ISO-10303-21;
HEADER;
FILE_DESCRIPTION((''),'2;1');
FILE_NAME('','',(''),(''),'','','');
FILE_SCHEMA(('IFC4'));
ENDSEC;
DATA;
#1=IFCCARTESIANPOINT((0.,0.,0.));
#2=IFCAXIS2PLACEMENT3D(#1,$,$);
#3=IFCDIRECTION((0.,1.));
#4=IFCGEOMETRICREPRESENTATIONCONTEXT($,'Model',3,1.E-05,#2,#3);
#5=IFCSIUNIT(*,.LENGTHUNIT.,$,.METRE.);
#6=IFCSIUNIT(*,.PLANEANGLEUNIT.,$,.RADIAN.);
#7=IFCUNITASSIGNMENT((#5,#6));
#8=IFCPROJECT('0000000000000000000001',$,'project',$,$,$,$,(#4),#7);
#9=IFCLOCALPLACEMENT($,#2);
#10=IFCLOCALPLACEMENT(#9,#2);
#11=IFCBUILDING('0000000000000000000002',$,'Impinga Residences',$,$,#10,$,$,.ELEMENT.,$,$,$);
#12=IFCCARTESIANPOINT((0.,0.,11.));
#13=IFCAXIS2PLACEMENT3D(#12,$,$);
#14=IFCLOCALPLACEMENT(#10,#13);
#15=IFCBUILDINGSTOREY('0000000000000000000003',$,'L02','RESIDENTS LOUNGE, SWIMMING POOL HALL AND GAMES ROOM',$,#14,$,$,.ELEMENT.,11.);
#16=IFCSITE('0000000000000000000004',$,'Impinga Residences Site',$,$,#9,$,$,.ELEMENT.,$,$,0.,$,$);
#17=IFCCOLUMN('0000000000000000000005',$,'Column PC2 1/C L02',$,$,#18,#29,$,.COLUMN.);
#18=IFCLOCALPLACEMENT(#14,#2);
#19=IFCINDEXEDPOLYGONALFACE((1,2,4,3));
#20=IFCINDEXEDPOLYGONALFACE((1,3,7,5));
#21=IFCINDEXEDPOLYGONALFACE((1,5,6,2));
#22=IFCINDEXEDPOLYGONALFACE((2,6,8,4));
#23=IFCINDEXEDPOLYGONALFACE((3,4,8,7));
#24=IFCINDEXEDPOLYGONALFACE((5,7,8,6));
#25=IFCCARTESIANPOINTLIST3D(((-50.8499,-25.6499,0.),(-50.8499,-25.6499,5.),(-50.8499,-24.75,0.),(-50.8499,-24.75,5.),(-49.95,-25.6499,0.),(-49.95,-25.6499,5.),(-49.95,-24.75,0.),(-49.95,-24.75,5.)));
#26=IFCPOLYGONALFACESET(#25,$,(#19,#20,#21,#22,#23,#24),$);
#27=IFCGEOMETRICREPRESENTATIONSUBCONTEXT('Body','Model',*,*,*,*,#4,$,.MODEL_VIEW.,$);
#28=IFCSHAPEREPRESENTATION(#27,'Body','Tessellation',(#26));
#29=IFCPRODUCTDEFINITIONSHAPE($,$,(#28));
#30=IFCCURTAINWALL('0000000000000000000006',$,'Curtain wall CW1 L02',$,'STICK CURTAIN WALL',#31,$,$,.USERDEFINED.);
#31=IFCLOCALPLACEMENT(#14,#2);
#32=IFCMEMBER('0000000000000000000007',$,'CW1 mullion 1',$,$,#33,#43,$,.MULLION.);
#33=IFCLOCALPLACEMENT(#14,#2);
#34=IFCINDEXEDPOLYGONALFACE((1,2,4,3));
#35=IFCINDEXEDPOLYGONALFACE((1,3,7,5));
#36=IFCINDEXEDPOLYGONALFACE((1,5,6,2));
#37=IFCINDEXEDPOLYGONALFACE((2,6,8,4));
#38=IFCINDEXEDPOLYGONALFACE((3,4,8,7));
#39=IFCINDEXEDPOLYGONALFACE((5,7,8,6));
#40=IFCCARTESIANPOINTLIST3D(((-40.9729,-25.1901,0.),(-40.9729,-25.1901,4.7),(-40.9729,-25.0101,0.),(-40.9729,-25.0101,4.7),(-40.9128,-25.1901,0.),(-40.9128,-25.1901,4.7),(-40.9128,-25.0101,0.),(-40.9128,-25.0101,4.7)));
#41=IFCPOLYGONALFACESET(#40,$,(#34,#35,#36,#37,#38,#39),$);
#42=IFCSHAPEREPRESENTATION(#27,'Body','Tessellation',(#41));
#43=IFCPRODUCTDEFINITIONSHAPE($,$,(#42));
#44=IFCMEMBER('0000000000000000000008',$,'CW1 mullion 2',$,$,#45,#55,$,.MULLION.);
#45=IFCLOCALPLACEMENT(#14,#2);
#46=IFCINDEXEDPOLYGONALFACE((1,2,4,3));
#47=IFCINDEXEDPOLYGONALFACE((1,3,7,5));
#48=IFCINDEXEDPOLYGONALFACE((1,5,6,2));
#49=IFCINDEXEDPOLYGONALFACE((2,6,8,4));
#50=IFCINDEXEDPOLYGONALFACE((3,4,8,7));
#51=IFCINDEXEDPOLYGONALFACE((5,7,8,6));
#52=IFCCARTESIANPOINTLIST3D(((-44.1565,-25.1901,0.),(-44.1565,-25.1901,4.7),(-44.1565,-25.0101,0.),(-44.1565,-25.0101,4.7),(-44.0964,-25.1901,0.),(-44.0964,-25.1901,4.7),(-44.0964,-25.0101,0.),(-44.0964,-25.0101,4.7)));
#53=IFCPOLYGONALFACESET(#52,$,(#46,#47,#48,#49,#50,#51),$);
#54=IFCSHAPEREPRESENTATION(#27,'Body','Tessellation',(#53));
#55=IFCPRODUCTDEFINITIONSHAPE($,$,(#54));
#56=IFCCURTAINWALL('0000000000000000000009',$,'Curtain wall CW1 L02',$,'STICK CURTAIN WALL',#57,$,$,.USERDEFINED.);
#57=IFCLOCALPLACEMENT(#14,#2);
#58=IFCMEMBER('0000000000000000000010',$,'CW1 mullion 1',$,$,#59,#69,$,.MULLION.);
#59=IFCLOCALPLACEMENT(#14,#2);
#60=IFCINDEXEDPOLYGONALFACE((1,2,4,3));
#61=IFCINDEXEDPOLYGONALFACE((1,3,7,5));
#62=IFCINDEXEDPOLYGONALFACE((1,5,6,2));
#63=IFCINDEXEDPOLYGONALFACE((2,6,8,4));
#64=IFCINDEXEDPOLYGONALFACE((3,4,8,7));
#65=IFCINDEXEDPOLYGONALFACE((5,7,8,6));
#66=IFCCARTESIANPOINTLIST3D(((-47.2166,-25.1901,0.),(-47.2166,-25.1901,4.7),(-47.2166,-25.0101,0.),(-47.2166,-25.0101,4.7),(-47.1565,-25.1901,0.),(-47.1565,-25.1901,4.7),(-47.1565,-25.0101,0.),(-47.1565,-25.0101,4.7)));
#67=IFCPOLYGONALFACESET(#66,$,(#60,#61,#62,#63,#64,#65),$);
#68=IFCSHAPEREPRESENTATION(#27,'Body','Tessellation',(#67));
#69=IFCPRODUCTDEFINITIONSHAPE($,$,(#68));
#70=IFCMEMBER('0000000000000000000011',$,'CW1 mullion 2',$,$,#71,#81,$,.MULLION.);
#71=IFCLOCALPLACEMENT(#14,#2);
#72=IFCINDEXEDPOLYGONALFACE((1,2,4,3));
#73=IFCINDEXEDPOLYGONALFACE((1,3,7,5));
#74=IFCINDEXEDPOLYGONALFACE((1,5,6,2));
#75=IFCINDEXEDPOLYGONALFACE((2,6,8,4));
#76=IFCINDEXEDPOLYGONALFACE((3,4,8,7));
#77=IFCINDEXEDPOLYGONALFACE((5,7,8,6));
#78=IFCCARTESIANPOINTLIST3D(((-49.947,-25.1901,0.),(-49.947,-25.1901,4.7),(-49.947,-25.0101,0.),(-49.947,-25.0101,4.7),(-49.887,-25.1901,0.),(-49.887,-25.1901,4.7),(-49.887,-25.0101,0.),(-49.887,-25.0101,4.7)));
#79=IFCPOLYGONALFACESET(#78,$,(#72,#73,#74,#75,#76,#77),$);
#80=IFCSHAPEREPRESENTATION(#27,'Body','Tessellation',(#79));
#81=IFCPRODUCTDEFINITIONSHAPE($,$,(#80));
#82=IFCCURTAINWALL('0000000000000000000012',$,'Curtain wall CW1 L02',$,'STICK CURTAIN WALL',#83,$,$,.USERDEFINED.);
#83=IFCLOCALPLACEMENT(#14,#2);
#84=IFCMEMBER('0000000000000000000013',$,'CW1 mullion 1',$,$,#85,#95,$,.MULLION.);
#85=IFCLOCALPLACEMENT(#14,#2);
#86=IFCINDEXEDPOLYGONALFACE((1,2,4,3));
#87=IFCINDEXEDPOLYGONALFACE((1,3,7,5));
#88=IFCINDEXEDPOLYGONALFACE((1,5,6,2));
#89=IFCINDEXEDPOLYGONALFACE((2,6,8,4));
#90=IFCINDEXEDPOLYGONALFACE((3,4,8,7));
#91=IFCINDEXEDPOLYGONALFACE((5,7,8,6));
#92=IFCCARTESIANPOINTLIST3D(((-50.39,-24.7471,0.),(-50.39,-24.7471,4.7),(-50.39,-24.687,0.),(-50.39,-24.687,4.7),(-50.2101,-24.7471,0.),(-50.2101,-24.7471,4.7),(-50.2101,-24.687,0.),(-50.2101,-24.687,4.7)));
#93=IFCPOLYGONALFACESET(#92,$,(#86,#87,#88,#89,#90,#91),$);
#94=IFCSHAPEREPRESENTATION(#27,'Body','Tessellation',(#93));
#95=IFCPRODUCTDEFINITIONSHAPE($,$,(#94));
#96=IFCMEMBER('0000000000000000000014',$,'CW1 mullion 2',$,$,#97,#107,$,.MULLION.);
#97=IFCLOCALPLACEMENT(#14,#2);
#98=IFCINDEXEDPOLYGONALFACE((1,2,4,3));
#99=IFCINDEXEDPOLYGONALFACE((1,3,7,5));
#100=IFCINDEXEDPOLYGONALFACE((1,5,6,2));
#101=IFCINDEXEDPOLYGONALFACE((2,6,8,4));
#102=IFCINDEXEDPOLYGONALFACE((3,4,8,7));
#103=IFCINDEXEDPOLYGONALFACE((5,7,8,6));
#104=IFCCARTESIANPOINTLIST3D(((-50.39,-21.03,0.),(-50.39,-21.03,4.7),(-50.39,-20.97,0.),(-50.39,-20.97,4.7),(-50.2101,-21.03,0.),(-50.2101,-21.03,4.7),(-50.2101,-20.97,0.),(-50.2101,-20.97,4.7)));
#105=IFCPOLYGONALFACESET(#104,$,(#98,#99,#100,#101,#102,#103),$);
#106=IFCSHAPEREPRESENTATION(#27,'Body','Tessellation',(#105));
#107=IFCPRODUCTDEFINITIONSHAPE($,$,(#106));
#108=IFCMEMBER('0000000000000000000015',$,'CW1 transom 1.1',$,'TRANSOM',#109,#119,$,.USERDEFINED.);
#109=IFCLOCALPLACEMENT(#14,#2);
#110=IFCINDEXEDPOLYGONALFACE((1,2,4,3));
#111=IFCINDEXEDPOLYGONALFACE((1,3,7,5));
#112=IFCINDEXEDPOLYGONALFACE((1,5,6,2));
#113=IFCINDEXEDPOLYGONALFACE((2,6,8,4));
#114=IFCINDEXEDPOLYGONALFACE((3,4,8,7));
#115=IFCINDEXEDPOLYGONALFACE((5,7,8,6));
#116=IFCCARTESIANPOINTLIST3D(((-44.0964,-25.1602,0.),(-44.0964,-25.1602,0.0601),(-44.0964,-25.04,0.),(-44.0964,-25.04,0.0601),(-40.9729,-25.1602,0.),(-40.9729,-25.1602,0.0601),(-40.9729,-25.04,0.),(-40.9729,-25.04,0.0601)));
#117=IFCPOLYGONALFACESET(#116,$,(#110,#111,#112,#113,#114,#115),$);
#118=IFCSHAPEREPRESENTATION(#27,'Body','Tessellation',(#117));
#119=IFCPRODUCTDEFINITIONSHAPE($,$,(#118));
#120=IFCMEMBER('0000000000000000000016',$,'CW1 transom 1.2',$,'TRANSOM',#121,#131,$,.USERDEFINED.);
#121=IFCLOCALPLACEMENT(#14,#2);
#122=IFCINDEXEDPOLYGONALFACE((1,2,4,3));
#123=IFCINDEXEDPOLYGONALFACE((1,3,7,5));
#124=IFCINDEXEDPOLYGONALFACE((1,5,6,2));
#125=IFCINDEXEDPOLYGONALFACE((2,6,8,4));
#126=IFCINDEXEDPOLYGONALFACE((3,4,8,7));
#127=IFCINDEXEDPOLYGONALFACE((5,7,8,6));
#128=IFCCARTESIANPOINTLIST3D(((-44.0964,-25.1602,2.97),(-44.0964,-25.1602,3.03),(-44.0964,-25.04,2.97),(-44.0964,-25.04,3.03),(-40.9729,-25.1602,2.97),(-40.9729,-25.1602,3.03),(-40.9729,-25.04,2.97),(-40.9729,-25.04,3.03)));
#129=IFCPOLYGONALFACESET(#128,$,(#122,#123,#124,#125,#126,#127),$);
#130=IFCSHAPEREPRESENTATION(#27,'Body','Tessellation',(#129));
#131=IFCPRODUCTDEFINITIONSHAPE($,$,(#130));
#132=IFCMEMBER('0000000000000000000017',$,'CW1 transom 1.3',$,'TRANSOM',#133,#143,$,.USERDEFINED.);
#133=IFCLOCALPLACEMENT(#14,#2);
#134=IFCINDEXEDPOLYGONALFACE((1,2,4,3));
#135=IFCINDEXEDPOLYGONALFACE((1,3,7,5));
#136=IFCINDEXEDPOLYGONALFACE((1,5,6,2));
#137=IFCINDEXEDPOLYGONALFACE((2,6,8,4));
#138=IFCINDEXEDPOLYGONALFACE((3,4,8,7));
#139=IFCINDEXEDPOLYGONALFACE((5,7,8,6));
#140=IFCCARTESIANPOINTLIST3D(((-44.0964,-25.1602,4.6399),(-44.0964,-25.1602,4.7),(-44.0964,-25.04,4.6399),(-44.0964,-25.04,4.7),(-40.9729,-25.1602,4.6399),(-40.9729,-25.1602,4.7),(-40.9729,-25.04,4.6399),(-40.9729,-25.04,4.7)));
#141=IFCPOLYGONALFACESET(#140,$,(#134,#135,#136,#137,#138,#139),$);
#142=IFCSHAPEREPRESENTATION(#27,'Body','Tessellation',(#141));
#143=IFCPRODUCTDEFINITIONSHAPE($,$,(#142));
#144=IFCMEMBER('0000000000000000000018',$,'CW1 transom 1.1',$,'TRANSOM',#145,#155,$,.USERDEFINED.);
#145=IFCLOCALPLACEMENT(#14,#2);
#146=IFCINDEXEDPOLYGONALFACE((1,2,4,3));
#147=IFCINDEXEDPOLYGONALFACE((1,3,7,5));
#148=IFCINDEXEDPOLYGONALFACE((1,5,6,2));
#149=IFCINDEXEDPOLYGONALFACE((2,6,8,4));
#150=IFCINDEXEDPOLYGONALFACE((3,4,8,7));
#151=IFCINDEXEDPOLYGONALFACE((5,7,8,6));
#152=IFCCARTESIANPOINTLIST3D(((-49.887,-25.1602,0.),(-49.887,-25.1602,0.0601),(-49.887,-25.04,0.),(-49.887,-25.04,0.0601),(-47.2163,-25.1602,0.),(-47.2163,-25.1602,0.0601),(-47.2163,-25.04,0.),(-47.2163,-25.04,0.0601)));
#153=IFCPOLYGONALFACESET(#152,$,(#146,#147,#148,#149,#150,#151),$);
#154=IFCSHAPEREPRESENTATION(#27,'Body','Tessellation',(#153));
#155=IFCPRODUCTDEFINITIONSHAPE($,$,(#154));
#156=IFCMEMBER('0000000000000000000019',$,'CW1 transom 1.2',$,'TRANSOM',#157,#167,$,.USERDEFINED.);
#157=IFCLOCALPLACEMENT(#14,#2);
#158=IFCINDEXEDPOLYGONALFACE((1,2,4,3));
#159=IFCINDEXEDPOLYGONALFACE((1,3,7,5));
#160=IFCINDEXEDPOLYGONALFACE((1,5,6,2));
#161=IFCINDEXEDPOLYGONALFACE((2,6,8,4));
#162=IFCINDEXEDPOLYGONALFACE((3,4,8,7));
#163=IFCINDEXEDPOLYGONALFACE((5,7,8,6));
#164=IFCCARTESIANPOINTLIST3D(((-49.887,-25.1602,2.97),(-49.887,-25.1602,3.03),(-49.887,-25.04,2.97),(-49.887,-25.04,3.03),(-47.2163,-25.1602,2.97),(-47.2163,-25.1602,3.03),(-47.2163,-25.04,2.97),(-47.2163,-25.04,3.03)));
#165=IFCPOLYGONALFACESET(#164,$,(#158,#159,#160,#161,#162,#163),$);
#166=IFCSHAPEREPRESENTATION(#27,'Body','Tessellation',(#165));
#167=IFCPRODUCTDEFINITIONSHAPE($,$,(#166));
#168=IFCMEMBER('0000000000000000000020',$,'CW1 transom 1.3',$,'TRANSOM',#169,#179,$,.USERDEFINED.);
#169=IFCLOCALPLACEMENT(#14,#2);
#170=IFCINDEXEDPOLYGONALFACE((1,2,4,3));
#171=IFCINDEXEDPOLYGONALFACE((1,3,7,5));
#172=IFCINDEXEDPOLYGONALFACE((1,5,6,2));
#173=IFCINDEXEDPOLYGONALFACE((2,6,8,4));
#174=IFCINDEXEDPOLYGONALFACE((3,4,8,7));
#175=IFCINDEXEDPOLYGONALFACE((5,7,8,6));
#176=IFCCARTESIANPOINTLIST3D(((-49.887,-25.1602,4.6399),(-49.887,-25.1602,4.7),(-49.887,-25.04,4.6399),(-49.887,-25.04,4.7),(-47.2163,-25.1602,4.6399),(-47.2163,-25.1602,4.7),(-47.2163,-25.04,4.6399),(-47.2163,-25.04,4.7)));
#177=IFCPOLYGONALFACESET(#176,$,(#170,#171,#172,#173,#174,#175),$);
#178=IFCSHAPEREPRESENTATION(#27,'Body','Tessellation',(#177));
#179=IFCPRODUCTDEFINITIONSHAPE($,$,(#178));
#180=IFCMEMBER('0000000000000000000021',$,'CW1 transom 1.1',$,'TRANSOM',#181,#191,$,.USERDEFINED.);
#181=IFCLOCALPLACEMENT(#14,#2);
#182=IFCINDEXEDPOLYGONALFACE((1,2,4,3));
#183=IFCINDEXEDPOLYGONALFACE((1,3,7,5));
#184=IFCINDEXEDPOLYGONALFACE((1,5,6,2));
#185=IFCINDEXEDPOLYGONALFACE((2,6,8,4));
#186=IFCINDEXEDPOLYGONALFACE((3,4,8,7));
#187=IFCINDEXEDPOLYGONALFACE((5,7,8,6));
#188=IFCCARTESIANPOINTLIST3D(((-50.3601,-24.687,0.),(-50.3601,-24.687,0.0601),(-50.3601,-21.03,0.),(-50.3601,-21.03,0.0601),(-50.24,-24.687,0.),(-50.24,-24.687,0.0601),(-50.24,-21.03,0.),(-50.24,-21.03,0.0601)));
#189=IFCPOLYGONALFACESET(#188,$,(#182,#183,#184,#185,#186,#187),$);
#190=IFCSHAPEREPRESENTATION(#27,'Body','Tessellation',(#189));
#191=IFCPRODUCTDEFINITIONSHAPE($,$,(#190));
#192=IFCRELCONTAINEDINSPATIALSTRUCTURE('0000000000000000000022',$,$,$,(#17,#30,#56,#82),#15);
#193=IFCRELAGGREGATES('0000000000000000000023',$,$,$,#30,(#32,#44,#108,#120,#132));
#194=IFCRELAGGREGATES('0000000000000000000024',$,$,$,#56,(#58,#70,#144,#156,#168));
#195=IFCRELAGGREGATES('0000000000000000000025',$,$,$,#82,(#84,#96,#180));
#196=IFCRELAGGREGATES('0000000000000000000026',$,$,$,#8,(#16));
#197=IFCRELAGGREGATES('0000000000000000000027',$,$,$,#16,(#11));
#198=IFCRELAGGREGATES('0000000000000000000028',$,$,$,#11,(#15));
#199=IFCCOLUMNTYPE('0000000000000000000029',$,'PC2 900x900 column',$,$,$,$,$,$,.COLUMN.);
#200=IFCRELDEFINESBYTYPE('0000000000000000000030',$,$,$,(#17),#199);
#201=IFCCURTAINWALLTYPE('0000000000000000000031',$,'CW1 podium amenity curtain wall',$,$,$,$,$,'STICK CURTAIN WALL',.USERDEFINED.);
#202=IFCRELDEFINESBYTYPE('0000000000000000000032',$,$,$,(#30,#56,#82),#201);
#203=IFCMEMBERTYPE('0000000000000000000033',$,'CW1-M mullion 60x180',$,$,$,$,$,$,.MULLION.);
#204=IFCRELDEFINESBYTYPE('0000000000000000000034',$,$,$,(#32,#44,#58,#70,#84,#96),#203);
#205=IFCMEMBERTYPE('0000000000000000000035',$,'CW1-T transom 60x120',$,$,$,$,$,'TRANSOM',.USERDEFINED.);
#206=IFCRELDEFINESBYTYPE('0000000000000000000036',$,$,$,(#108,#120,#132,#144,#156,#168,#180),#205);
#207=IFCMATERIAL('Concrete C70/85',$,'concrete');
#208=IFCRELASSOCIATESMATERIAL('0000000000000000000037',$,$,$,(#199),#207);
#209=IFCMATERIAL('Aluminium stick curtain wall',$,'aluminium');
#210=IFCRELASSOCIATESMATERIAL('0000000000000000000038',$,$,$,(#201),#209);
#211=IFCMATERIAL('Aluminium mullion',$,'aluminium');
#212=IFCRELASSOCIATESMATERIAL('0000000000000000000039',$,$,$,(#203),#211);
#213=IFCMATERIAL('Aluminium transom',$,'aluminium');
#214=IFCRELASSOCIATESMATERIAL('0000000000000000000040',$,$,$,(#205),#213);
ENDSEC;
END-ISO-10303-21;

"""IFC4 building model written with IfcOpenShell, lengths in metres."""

from ifc_helpers import new_model, si_unit, direction, frame, origin, origin_2d, place, context, subcontext, project, spatial, rectangle, extrude, material, material_profile, profile_set, type_object, element, aggregate, save


model = new_model("IFC4")

# Units and contexts
model_context = context("Model", 3, precision=1e-05, world=origin(), true_north=direction((0.0, 1.0)))
body_context = subcontext(model_context, "Body", "Model", "MODEL_VIEW")
ifc_project = project(units=[si_unit("LENGTHUNIT", "METRE"), si_unit("PLANEANGLEUNIT", "RADIAN")], contexts=[model_context])

# Site, building, storey
site_placement = place(None, origin())
site = spatial("IfcSite", under=ifc_project, at=site_placement, Name="Impinga Residences Site", CompositionType="ELEMENT", RefElevation=0.0)
building_placement = place(site_placement, origin())
building = spatial("IfcBuilding", under=site, at=building_placement, Name="Impinga Residences", CompositionType="ELEMENT")
storey_placement = place(building_placement, frame((0.0, 0.0, 11.0)))
storey = spatial("IfcBuildingStorey", under=building, at=storey_placement, Name="L02", Description="RESIDENTS LOUNGE, SWIMMING POOL HALL AND GAMES ROOM", CompositionType="ELEMENT", Elevation=11.0)

# Column
ifc_material_1 = material(Name="Concrete C70/85", Category="concrete")
ifc_material_profile_1 = material_profile(ifc_material_1, rectangle(XDim=0.8999, YDim=0.8999, at=origin_2d()), Name="RC 900x900")
ifc_profile_set_1 = profile_set([ifc_material_profile_1], Name="Concrete C70/85")
column_type = type_object("IfcColumnType", Name="PC2 900x900 column", PredefinedType="COLUMN", material=ifc_profile_set_1)
column_placement = place(storey_placement, frame((-50.3999, -25.2, 0.0), z_axis=(0.0, 0.0, 1.0), x_axis=(1.0, 0.0, 0.0)))
element("IfcColumn", 1, at=column_placement, inside=storey, type_object=column_type, Name="Column PC2 1/C L02", PredefinedType="COLUMN", context=body_context, shape_type="SweptSolid", body=[
    extrude(rectangle(XDim=0.8999, YDim=0.8999, at=origin_2d()), origin(), (0.0, 0.0, 1.0), 5.0),
])

# Curtain walls, members
ifc_material_2 = material(Name="Aluminium stick curtain wall", Category="aluminium")
curtain_wall_type = type_object("IfcCurtainWallType", Name="CW1 podium amenity curtain wall", ElementType="STICK CURTAIN WALL", PredefinedType="USERDEFINED", material=ifc_material_2)
curtain_wall_1_placement = place(storey_placement, origin())
curtain_wall_1 = element("IfcCurtainWall", 2, at=curtain_wall_1_placement, inside=storey, type_object=curtain_wall_type, Name="Curtain wall CW1 L02", ObjectType="STICK CURTAIN WALL", PredefinedType="USERDEFINED")
ifc_material_3 = material(Name="Aluminium mullion", Category="aluminium")
ifc_material_profile_2 = material_profile(ifc_material_3, rectangle(XDim=0.0601, YDim=0.1799, at=origin_2d()), Name="60x180 mullion")
ifc_profile_set_2 = profile_set([ifc_material_profile_2], Name="Aluminium mullion")
member_type_1 = type_object("IfcMemberType", Name="CW1-M mullion 60x180", PredefinedType="MULLION", material=ifc_profile_set_2)
member_1_placement = place(storey_placement, frame((-40.9429, -25.1001, 0.0), z_axis=(0.0, 0.0, 1.0), x_axis=(-1.0, 0.0, 0.0)))
member_1 = element("IfcMember", 3, at=member_1_placement, type_object=member_type_1, Name="CW1 mullion 1", PredefinedType="MULLION", context=body_context, shape_type="SweptSolid", body=[
    extrude(rectangle(XDim=0.0601, YDim=0.1799, at=origin_2d()), origin(), (0.0, 0.0, 1.0), 4.7),
])
member_2_placement = place(storey_placement, frame((-44.1265, -25.1001, 0.0), z_axis=(0.0, 0.0, 1.0), x_axis=(-1.0, 0.0, 0.0)))
member_2 = element("IfcMember", 4, at=member_2_placement, type_object=member_type_1, Name="CW1 mullion 2", PredefinedType="MULLION", context=body_context, shape_type="SweptSolid", body=[
    extrude(rectangle(XDim=0.0601, YDim=0.1799, at=origin_2d()), origin(), (0.0, 0.0, 1.0), 4.7),
])
curtain_wall_2_placement = place(storey_placement, origin())
curtain_wall_2 = element("IfcCurtainWall", 5, at=curtain_wall_2_placement, inside=storey, type_object=curtain_wall_type, Name="Curtain wall CW1 L02", ObjectType="STICK CURTAIN WALL", PredefinedType="USERDEFINED")
member_3_placement = place(storey_placement, frame((-47.1865, -25.1001, 0.0), z_axis=(0.0, 0.0, 1.0), x_axis=(-1.0, 0.0, 0.0)))
member_3 = element("IfcMember", 6, at=member_3_placement, type_object=member_type_1, Name="CW1 mullion 1", PredefinedType="MULLION", context=body_context, shape_type="SweptSolid", body=[
    extrude(rectangle(XDim=0.0601, YDim=0.1799, at=origin_2d()), origin(), (0.0, 0.0, 1.0), 4.7),
])
member_4_placement = place(storey_placement, frame((-49.917, -25.1001, 0.0), z_axis=(0.0, 0.0, 1.0), x_axis=(-1.0, 0.0, 0.0)))
member_4 = element("IfcMember", 7, at=member_4_placement, type_object=member_type_1, Name="CW1 mullion 2", PredefinedType="MULLION", context=body_context, shape_type="SweptSolid", body=[
    extrude(rectangle(XDim=0.0601, YDim=0.1799, at=origin_2d()), origin(), (0.0, 0.0, 1.0), 4.7),
])
curtain_wall_3_placement = place(storey_placement, origin())
curtain_wall_3 = element("IfcCurtainWall", 8, at=curtain_wall_3_placement, inside=storey, type_object=curtain_wall_type, Name="Curtain wall CW1 L02", ObjectType="STICK CURTAIN WALL", PredefinedType="USERDEFINED")
member_5_placement = place(storey_placement, frame((-50.3, -24.717, 0.0), z_axis=(0.0, 0.0, 1.0), x_axis=(0.0, 1.0, 0.0)))
member_5 = element("IfcMember", 9, at=member_5_placement, type_object=member_type_1, Name="CW1 mullion 1", PredefinedType="MULLION", context=body_context, shape_type="SweptSolid", body=[
    extrude(rectangle(XDim=0.0601, YDim=0.1799, at=origin_2d()), origin(), (0.0, 0.0, 1.0), 4.7),
])
member_6_placement = place(storey_placement, frame((-50.3, -21.0, 0.0), z_axis=(0.0, 0.0, 1.0), x_axis=(0.0, 1.0, 0.0)))
member_6 = element("IfcMember", 10, at=member_6_placement, type_object=member_type_1, Name="CW1 mullion 2", PredefinedType="MULLION", context=body_context, shape_type="SweptSolid", body=[
    extrude(rectangle(XDim=0.0601, YDim=0.1799, at=origin_2d()), origin(), (0.0, 0.0, 1.0), 4.7),
])

# Members
ifc_material_4 = material(Name="Aluminium transom", Category="aluminium")
ifc_material_profile_3 = material_profile(ifc_material_4, rectangle(XDim=0.0601, YDim=0.1201, at=origin_2d()), Name="60x120 transom")
ifc_profile_set_3 = profile_set([ifc_material_profile_3], Name="Aluminium transom")
member_type_2 = type_object("IfcMemberType", Name="CW1-T transom 60x120", ElementType="TRANSOM", PredefinedType="USERDEFINED", material=ifc_profile_set_3)
member_7_placement = place(storey_placement, frame((-40.9729, -25.1001, 0.03), z_axis=(-1.0, 0.0, 0.0), x_axis=(0.0, 0.0, 1.0)))
member_7 = element("IfcMember", 11, at=member_7_placement, type_object=member_type_2, Name="CW1 transom 1.1", ObjectType="TRANSOM", PredefinedType="USERDEFINED", context=body_context, shape_type="SweptSolid", body=[
    extrude(rectangle(XDim=0.0601, YDim=0.1201, at=origin_2d()), origin(), (0.0, 0.0, 1.0), 3.1235),
])
member_8_placement = place(storey_placement, frame((-40.9729, -25.1001, 3.0), z_axis=(-1.0, 0.0, 0.0), x_axis=(0.0, 0.0, 1.0)))
member_8 = element("IfcMember", 12, at=member_8_placement, type_object=member_type_2, Name="CW1 transom 1.2", ObjectType="TRANSOM", PredefinedType="USERDEFINED", context=body_context, shape_type="SweptSolid", body=[
    extrude(rectangle(XDim=0.0601, YDim=0.1201, at=origin_2d()), origin(), (0.0, 0.0, 1.0), 3.1235),
])
member_9_placement = place(storey_placement, frame((-40.9729, -25.1001, 4.6699), z_axis=(-1.0, 0.0, 0.0), x_axis=(0.0, 0.0, 1.0)))
member_9 = element("IfcMember", 13, at=member_9_placement, type_object=member_type_2, Name="CW1 transom 1.3", ObjectType="TRANSOM", PredefinedType="USERDEFINED", context=body_context, shape_type="SweptSolid", body=[
    extrude(rectangle(XDim=0.0601, YDim=0.1201, at=origin_2d()), origin(), (0.0, 0.0, 1.0), 3.1235),
])
member_10_placement = place(storey_placement, frame((-47.2163, -25.1001, 0.03), z_axis=(-1.0, 0.0, 0.0), x_axis=(0.0, 0.0, 1.0)))
member_10 = element("IfcMember", 14, at=member_10_placement, type_object=member_type_2, Name="CW1 transom 1.1", ObjectType="TRANSOM", PredefinedType="USERDEFINED", context=body_context, shape_type="SweptSolid", body=[
    extrude(rectangle(XDim=0.0601, YDim=0.1201, at=origin_2d()), origin(), (0.0, 0.0, 1.0), 2.6707),
])
member_11_placement = place(storey_placement, frame((-47.2163, -25.1001, 3.0), z_axis=(-1.0, 0.0, 0.0), x_axis=(0.0, 0.0, 1.0)))
member_11 = element("IfcMember", 15, at=member_11_placement, type_object=member_type_2, Name="CW1 transom 1.2", ObjectType="TRANSOM", PredefinedType="USERDEFINED", context=body_context, shape_type="SweptSolid", body=[
    extrude(rectangle(XDim=0.0601, YDim=0.1201, at=origin_2d()), origin(), (0.0, 0.0, 1.0), 2.6707),
])
member_12_placement = place(storey_placement, frame((-47.2163, -25.1001, 4.6699), z_axis=(-1.0, 0.0, 0.0), x_axis=(0.0, 0.0, 1.0)))
member_12 = element("IfcMember", 16, at=member_12_placement, type_object=member_type_2, Name="CW1 transom 1.3", ObjectType="TRANSOM", PredefinedType="USERDEFINED", context=body_context, shape_type="SweptSolid", body=[
    extrude(rectangle(XDim=0.0601, YDim=0.1201, at=origin_2d()), origin(), (0.0, 0.0, 1.0), 2.6707),
])
member_13_placement = place(storey_placement, frame((-50.3, -24.687, 0.03), z_axis=(0.0, 1.0, 0.0), x_axis=(0.0, 0.0, 1.0)))
member_13 = element("IfcMember", 17, at=member_13_placement, type_object=member_type_2, Name="CW1 transom 1.1", ObjectType="TRANSOM", PredefinedType="USERDEFINED", context=body_context, shape_type="SweptSolid", body=[
    extrude(rectangle(XDim=0.0601, YDim=0.1201, at=origin_2d()), origin(), (0.0, 0.0, 1.0), 3.657),
])

aggregate(curtain_wall_1, [member_1, member_2, member_7, member_8, member_9])
aggregate(curtain_wall_2, [member_3, member_4, member_10, member_11, member_12])
aggregate(curtain_wall_3, [member_5, member_6, member_13])

save(model, "model.ifc")
